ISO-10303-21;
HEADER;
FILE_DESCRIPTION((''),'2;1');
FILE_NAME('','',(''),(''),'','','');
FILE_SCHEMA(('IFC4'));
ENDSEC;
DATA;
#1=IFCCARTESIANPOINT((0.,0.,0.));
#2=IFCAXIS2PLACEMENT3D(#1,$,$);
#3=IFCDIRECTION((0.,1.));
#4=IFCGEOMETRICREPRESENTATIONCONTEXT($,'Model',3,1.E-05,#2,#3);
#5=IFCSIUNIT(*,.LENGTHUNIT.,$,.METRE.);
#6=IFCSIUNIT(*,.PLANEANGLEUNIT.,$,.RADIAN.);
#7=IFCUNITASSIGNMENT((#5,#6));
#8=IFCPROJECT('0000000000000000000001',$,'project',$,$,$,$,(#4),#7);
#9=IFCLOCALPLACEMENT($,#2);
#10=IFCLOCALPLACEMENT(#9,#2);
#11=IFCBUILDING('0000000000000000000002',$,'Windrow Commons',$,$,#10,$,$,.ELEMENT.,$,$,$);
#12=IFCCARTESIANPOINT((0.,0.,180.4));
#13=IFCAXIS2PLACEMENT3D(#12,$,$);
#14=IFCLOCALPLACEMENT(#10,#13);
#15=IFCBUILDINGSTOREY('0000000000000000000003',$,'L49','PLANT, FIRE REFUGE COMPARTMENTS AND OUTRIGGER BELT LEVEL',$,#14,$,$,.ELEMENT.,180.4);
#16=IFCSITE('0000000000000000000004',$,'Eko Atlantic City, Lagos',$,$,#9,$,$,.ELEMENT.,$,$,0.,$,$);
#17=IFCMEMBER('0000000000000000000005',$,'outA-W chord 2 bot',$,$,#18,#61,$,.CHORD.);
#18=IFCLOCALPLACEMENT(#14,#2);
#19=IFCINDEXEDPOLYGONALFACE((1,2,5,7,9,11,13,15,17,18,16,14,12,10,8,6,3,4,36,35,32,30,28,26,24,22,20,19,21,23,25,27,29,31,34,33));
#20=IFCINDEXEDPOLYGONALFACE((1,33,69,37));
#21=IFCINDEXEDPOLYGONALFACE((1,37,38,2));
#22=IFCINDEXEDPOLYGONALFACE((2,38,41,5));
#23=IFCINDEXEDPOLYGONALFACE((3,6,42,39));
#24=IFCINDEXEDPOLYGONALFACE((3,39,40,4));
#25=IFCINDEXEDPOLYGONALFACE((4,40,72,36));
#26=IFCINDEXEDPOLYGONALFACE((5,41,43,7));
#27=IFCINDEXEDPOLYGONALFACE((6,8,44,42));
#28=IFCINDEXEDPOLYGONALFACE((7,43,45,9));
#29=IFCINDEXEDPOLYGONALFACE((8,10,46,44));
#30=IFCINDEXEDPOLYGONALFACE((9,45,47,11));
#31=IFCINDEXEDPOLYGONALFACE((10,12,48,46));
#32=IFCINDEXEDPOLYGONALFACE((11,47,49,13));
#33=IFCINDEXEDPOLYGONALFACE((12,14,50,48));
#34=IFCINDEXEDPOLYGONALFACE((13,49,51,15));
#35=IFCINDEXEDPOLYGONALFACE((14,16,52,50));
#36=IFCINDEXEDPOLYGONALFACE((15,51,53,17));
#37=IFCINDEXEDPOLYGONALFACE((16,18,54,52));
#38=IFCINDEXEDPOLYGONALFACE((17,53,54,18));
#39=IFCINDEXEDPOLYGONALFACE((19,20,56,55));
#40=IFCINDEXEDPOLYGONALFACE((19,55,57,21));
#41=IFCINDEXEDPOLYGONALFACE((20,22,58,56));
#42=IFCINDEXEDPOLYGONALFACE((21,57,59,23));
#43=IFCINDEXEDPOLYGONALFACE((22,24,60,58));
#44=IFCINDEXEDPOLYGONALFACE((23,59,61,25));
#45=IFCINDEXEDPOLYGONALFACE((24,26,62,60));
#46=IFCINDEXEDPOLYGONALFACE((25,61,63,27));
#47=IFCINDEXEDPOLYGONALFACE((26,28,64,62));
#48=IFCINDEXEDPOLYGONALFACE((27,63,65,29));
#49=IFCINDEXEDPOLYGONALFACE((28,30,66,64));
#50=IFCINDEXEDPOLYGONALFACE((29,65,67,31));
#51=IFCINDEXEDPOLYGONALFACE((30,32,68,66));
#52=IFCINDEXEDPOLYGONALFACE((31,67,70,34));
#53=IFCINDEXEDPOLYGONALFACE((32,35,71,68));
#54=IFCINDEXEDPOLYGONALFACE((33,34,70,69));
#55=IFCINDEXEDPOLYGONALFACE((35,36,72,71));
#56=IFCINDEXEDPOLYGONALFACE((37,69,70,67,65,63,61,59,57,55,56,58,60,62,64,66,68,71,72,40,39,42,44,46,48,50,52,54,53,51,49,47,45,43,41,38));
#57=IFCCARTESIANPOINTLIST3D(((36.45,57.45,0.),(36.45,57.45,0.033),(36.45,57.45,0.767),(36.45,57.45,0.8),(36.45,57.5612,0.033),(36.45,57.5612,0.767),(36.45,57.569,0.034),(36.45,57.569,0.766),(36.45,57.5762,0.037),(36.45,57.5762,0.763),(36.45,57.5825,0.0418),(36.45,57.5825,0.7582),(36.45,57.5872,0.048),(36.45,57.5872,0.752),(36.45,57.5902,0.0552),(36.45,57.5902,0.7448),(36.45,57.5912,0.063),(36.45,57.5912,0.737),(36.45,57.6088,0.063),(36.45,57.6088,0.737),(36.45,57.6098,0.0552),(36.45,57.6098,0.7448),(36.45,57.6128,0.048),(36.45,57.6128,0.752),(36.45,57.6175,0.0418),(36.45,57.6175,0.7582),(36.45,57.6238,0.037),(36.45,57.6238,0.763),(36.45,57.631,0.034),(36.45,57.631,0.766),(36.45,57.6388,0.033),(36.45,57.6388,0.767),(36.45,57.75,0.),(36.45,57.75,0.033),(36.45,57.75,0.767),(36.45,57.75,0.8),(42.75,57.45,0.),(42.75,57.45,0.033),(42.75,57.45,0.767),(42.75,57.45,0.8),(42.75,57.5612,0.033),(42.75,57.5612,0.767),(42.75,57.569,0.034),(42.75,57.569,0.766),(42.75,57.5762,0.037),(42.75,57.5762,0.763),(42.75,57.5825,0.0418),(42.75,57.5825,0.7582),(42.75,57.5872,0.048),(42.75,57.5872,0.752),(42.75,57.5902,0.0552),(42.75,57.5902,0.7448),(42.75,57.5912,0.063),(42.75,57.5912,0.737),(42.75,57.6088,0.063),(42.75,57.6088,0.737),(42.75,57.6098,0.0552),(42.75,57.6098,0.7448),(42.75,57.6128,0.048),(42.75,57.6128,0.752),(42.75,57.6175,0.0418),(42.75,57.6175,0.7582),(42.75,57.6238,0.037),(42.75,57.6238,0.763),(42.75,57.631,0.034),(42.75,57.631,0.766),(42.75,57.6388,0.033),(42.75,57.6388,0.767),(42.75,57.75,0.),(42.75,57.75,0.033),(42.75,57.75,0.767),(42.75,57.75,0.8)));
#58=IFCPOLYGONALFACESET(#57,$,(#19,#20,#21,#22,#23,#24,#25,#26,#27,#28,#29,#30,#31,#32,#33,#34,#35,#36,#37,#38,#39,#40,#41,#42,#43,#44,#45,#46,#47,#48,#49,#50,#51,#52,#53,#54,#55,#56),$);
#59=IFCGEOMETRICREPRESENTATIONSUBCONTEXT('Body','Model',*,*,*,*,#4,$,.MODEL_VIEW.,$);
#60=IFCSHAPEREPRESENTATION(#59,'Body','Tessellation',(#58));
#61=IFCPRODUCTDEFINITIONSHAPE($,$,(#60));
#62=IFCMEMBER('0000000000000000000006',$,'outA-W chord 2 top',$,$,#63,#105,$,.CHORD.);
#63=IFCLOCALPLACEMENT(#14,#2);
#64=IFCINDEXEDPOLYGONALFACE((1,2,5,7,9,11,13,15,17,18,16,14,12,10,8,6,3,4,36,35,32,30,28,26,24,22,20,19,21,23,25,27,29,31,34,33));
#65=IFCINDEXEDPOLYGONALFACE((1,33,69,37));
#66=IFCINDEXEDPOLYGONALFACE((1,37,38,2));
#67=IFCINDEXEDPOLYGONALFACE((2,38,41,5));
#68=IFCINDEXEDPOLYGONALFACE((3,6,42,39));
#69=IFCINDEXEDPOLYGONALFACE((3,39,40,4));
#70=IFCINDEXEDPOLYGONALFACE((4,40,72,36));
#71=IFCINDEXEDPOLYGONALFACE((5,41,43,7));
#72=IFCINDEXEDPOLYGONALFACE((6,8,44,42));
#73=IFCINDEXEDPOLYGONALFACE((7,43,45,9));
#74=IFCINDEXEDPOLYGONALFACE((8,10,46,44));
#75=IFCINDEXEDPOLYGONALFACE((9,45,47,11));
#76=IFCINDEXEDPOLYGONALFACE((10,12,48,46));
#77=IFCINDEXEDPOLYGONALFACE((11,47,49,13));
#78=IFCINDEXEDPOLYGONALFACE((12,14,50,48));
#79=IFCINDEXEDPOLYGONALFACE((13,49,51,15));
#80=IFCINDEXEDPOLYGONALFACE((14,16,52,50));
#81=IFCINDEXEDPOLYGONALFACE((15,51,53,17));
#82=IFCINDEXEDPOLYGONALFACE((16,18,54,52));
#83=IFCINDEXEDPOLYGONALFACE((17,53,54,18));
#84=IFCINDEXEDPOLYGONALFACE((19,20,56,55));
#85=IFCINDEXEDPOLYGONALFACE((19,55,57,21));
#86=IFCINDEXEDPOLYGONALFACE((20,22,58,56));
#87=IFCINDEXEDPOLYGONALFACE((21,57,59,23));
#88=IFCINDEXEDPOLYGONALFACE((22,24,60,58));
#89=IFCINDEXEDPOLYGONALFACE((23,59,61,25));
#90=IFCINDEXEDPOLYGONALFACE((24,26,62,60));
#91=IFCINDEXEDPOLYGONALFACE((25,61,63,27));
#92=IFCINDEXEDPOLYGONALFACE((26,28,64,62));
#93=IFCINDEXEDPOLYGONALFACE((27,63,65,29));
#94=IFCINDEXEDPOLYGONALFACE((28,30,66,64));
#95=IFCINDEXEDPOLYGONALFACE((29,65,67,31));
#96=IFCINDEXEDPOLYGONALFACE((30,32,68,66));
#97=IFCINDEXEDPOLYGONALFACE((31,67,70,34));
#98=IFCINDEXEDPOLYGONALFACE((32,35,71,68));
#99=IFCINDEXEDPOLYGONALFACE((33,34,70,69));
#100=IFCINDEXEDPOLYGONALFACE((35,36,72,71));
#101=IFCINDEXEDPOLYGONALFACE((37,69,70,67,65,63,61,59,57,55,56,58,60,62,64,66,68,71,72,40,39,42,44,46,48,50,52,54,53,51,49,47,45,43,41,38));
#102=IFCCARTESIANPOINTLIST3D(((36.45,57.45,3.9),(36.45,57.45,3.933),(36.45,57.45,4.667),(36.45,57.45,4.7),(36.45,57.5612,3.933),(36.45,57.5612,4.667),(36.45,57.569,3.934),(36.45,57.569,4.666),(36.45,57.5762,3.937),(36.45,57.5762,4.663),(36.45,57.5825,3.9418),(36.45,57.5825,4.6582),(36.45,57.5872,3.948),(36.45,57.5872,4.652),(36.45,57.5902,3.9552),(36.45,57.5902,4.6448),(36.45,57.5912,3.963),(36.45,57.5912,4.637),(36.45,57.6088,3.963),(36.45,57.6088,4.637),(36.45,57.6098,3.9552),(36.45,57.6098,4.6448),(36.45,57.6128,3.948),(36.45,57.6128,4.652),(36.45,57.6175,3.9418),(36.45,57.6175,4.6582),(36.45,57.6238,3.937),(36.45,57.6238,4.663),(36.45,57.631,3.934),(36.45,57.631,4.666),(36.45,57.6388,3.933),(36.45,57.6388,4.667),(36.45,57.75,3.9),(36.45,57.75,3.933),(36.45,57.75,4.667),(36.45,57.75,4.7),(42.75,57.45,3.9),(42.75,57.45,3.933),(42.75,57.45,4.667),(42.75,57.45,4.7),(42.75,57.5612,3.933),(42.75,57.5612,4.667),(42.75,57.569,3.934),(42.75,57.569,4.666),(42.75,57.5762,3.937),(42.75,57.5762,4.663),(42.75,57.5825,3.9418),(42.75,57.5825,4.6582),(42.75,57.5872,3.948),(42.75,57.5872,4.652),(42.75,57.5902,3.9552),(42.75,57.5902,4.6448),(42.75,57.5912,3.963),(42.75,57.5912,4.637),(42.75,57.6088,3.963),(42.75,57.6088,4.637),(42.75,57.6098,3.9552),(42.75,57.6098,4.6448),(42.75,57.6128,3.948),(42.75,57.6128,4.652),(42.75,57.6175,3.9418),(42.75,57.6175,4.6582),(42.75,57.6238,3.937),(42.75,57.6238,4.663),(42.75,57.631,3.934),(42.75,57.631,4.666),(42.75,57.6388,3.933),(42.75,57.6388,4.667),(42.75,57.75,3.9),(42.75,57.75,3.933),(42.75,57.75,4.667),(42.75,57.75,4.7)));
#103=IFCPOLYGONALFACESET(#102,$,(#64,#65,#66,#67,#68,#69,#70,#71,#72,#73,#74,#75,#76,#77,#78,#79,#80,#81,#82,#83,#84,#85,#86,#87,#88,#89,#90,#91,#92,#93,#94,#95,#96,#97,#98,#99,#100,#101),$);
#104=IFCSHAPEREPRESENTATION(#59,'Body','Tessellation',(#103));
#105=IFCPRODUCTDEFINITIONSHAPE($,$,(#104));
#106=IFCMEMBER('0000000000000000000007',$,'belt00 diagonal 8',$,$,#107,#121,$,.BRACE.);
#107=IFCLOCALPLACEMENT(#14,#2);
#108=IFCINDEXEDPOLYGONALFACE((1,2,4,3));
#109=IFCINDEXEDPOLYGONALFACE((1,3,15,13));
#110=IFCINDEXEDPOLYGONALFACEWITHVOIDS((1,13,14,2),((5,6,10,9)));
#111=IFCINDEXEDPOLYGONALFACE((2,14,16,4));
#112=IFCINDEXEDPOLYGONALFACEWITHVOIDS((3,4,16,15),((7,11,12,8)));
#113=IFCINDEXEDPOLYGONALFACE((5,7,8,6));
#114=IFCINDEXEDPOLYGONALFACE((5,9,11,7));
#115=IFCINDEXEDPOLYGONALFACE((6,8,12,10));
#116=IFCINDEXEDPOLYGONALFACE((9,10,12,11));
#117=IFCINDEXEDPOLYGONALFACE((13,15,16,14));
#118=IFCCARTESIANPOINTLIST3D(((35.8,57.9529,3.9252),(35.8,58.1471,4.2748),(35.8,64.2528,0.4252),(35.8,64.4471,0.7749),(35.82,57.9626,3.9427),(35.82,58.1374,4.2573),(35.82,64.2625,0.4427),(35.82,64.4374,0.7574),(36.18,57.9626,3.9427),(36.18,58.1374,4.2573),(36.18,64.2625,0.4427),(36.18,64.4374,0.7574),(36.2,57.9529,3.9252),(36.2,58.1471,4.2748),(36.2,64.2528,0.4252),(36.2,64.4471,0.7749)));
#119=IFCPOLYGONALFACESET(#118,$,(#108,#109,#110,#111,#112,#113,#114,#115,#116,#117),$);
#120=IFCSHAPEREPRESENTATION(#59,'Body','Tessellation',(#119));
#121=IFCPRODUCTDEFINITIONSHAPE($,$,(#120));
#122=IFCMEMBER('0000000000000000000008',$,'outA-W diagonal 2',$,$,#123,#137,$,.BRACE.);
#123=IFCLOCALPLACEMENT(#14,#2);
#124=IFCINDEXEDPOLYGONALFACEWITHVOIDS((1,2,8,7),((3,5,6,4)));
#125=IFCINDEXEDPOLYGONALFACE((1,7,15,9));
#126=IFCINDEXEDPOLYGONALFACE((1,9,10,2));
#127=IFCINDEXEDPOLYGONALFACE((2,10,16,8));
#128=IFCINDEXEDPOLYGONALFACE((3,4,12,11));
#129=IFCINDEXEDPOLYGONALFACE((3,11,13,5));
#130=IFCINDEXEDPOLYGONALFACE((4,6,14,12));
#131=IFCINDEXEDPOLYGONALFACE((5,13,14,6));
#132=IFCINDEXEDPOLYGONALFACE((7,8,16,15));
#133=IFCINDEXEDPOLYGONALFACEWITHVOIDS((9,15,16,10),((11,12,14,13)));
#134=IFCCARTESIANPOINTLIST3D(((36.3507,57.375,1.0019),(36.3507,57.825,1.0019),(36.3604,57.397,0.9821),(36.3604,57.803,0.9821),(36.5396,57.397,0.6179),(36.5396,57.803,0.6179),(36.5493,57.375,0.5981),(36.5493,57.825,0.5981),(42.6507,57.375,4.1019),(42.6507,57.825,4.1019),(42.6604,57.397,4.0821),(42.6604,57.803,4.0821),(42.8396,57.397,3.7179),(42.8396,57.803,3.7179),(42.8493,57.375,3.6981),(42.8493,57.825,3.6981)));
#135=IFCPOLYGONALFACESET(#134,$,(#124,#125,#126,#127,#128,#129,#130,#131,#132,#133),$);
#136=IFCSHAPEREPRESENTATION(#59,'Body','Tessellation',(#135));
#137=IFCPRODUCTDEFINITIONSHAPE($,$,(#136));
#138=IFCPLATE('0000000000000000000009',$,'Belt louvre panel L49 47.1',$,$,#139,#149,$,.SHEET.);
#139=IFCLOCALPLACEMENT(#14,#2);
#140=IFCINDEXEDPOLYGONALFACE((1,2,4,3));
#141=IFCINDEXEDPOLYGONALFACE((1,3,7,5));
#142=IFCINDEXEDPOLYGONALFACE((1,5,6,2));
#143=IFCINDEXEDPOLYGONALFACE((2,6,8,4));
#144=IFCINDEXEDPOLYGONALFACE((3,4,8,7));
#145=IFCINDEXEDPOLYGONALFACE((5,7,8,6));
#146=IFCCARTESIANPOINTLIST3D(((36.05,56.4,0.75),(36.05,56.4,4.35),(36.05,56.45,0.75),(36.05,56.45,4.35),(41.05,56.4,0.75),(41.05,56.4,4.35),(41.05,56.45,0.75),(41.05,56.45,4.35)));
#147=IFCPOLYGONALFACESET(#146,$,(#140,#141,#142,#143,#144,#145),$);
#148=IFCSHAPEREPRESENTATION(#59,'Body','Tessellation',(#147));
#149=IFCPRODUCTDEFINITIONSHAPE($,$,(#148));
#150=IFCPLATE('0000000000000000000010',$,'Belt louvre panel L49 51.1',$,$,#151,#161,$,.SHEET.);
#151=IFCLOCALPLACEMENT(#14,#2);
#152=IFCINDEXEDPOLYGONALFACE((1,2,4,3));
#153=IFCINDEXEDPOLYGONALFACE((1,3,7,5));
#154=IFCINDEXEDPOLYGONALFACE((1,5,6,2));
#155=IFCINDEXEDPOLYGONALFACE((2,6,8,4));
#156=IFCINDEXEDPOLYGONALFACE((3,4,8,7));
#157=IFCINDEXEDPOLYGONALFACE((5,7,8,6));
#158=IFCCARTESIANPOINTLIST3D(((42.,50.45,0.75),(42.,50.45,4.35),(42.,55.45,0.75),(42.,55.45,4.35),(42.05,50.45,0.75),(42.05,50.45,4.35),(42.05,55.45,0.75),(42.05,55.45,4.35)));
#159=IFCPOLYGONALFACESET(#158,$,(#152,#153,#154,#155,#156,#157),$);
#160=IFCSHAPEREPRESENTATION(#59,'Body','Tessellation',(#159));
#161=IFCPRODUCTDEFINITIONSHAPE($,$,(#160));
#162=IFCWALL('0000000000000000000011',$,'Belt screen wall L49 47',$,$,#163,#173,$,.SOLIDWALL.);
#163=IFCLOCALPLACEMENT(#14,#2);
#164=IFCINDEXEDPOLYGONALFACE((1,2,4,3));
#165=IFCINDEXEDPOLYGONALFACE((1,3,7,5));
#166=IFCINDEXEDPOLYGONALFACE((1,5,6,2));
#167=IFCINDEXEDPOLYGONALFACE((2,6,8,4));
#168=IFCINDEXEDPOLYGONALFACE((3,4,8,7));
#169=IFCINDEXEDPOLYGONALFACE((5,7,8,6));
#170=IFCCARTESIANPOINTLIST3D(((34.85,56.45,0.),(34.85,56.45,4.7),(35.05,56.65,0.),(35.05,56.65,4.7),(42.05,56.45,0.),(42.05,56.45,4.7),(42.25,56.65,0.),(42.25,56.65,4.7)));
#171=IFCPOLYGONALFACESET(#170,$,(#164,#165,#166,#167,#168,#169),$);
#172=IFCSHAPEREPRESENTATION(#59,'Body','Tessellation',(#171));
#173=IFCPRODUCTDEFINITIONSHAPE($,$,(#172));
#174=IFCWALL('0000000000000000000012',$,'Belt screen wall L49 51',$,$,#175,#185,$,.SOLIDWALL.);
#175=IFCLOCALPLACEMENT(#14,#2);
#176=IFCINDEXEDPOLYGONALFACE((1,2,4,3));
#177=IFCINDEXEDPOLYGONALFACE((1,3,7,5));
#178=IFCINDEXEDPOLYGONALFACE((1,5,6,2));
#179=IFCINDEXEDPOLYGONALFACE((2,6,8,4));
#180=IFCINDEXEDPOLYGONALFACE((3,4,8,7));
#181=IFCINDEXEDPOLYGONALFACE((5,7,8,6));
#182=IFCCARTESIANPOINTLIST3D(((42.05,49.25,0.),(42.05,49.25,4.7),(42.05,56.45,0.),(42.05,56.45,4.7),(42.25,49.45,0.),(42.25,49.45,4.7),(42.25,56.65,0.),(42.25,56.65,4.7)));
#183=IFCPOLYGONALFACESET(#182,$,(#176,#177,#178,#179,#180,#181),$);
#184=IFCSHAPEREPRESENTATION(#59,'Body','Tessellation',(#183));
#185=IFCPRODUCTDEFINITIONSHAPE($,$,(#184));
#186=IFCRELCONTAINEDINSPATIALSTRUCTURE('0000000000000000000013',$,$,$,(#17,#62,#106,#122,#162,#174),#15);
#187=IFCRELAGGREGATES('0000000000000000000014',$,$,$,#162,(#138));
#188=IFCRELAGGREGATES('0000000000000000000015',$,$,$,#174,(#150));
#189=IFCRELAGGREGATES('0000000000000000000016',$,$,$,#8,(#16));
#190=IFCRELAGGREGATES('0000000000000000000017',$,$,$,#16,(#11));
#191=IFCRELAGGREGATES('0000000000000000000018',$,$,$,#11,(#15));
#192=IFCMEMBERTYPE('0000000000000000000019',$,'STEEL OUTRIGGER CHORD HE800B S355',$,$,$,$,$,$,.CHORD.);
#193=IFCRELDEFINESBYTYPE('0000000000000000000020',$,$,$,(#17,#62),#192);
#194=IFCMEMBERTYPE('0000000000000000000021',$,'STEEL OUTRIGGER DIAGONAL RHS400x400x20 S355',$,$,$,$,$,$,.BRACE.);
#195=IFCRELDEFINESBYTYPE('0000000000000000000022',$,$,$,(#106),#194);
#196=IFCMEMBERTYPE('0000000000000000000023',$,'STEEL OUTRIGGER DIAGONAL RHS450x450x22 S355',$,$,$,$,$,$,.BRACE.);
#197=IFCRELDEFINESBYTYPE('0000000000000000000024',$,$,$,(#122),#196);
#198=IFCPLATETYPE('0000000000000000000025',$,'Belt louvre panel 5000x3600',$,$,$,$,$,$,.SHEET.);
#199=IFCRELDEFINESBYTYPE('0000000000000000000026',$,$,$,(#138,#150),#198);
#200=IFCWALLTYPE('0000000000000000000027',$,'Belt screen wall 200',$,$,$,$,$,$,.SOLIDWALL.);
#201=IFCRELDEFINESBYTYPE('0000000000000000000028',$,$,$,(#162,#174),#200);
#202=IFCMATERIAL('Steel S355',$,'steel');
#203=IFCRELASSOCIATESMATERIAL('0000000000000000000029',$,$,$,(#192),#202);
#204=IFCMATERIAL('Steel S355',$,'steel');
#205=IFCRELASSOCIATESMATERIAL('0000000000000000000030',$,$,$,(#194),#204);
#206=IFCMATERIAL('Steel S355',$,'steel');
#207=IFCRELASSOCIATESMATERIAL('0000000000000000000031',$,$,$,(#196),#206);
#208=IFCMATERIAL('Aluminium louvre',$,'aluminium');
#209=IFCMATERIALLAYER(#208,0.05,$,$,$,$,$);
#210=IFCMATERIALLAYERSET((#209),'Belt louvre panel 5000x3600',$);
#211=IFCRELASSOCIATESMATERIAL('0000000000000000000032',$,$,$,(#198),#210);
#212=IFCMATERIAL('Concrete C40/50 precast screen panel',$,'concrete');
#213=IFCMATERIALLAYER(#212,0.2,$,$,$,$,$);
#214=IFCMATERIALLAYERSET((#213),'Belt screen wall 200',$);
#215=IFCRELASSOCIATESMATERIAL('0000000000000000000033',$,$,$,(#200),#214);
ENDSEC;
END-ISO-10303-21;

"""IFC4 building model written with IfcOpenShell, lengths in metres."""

from ifc_helpers import new_model, si_unit, direction, frame, origin, origin_2d, place, context, subcontext, project, spatial, polyline, hollow_rectangle, i_section, outline, extrude, material, layer, layer_set, material_profile, profile_set, type_object, element, aggregate, save


model = new_model("IFC4")

# Units and contexts
model_context = context("Model", 3, precision=1e-05, world=origin(), true_north=direction((0.0, 1.0)))
body_context = subcontext(model_context, "Body", "Model", "MODEL_VIEW")
ifc_project = project(units=[si_unit("LENGTHUNIT", "METRE"), si_unit("PLANEANGLEUNIT", "RADIAN")], contexts=[model_context])

# Site, building, storey
site_placement = place(None, origin())
site = spatial("IfcSite", under=ifc_project, at=site_placement, Name="Eko Atlantic City, Lagos", CompositionType="ELEMENT", RefElevation=0.0)
building_placement = place(site_placement, origin())
building = spatial("IfcBuilding", under=site, at=building_placement, Name="Windrow Commons", CompositionType="ELEMENT")
storey_placement = place(building_placement, frame((0.0, 0.0, 180.4)))
storey = spatial("IfcBuildingStorey", under=building, at=storey_placement, Name="L49", Description="PLANT, FIRE REFUGE COMPARTMENTS AND OUTRIGGER BELT LEVEL", CompositionType="ELEMENT", Elevation=180.4)

# Members
ifc_material_1 = material(Name="Steel S355", Category="steel")
ifc_material_profile_1 = material_profile(ifc_material_1, i_section(OverallWidth=0.3, OverallDepth=0.8, WebThickness=0.0175, FlangeThickness=0.033, FilletRadius=0.03, at=origin_2d()))
ifc_profile_set_1 = profile_set([ifc_material_profile_1], Name="Steel S355")
member_type_1 = type_object("IfcMemberType", Name="STEEL OUTRIGGER CHORD HE800B S355", PredefinedType="CHORD", material=ifc_profile_set_1)
for number, where, z_axis, x_axis, name in (
    (1, (42.75, 57.6, 0.4), (-1.0, 0.0, 0.0), (0.0, -1.0, 0.0), "outA-W chord 2 bot"),
    (2, (42.75, 57.6, 4.3), (-1.0, 0.0, 0.0), (0.0, -1.0, 0.0), "outA-W chord 2 top"),
):
    element("IfcMember", number, at=place(storey_placement, frame(where, z_axis=z_axis, x_axis=x_axis)), inside=storey, type_object=member_type_1, Name=name, PredefinedType="CHORD", context=body_context, shape_type="SweptSolid", body=[
        extrude(i_section(OverallWidth=0.3, OverallDepth=0.8, WebThickness=0.0175, FlangeThickness=0.033, FilletRadius=0.03, at=origin_2d()), origin(), (0.0, 0.0, 1.0), 6.3),
    ])
ifc_material_2 = material(Name="Steel S355", Category="steel")
ifc_material_profile_2 = material_profile(ifc_material_2, hollow_rectangle(XDim=0.4, YDim=0.4, WallThickness=0.02, at=origin_2d()))
ifc_profile_set_2 = profile_set([ifc_material_profile_2], Name="Steel S355")
member_type_2 = type_object("IfcMemberType", Name="STEEL OUTRIGGER DIAGONAL RHS400x400x20 S355", PredefinedType="BRACE", material=ifc_profile_set_2)
member_1_placement = place(storey_placement, frame((36.0, 58.05, 4.1), z_axis=(0.0, 0.874157, -0.485643), x_axis=(-1.0, 0.0, 0.0)))
element("IfcMember", 3, at=member_1_placement, inside=storey, type_object=member_type_2, Name="belt00 diagonal 8", PredefinedType="BRACE", context=body_context, shape_type="SweptSolid", body=[
    extrude(hollow_rectangle(XDim=0.4, YDim=0.4, WallThickness=0.02, at=origin_2d()), origin(), (0.0, 0.0, 1.0), 7.2069),
])
ifc_material_3 = material(Name="Steel S355", Category="steel")
ifc_material_profile_3 = material_profile(ifc_material_3, hollow_rectangle(XDim=0.45, YDim=0.45, WallThickness=0.022, at=origin_2d()))
ifc_profile_set_3 = profile_set([ifc_material_profile_3], Name="Steel S355")
member_type_3 = type_object("IfcMemberType", Name="STEEL OUTRIGGER DIAGONAL RHS450x450x22 S355", PredefinedType="BRACE", material=ifc_profile_set_3)
member_2_placement = place(storey_placement, frame((42.75, 57.6, 3.9), z_axis=(-0.897257, 0.0, -0.441508), x_axis=(0.0, -1.0, 0.0)))
element("IfcMember", 4, at=member_2_placement, inside=storey, type_object=member_type_3, Name="outA-W diagonal 2", PredefinedType="BRACE", context=body_context, shape_type="SweptSolid", body=[
    extrude(hollow_rectangle(XDim=0.45, YDim=0.45, WallThickness=0.022, at=origin_2d()), origin(), (0.0, 0.0, 1.0), 7.0214),
])

# Plates
ifc_material_4 = material(Name="Aluminium louvre", Category="aluminium")
ifc_layer_1 = layer(ifc_material_4, 0.05)
ifc_layer_set_1 = layer_set([ifc_layer_1], Name="Belt louvre panel 5000x3600")
plate_type_1 = type_object("IfcPlateType", Name="Belt louvre panel 5000x3600", PredefinedType="SHEET", material=ifc_layer_set_1)
plate_1_placement = place(storey_placement, frame((36.05, 56.4, 0.75), z_axis=(0.0, -1.0, 0.0), x_axis=(1.0, 0.0, 0.0)))
plate_1 = element("IfcPlate", 5, at=plate_1_placement, type_object=plate_type_1, Name="Belt louvre panel L49 47.1", PredefinedType="SHEET", context=body_context, shape_type="SweptSolid", body=[
    extrude(outline(polyline([(0.0, 0.0), (5.0, 0.0), (5.0, 3.6), (0.0, 3.6), (0.0, 0.0)])), origin(), (0.0, 0.0, -1.0), 0.05),
])
plate_2_placement = place(storey_placement, frame((42.0, 55.45, 0.75), z_axis=(-1.0, 0.0, 0.0), x_axis=(0.0, -1.0, 0.0)))
plate_2 = element("IfcPlate", 6, at=plate_2_placement, type_object=plate_type_1, Name="Belt louvre panel L49 51.1", PredefinedType="SHEET", context=body_context, shape_type="SweptSolid", body=[
    extrude(outline(polyline([(0.0, 0.0), (5.0, 0.0), (5.0, 3.6), (0.0, 3.6), (0.0, 0.0)])), origin(), (0.0, 0.0, -1.0), 0.05),
])

# Walls
ifc_material_5 = material(Name="Concrete C40/50 precast screen panel", Category="concrete")
ifc_layer_2 = layer(ifc_material_5, 0.2)
ifc_layer_set_2 = layer_set([ifc_layer_2], Name="Belt screen wall 200")
wall_type_1 = type_object("IfcWallType", Name="Belt screen wall 200", PredefinedType="SOLIDWALL", material=ifc_layer_set_2)
wall_1_placement = place(storey_placement, frame((34.95, 56.55, 0.0), z_axis=(0.0, 0.0, 1.0), x_axis=(1.0, 0.0, 0.0)))
wall_1 = element("IfcWall", 7, at=wall_1_placement, inside=storey, type_object=wall_type_1, Name="Belt screen wall L49 47", PredefinedType="SOLIDWALL", context=body_context, shape_type="SweptSolid", body=[
    extrude(outline(polyline([(-0.1, -0.1), (7.1, -0.1), (7.3, 0.1), (0.1, 0.1), (-0.1, -0.1)])), origin(), (0.0, 0.0, 1.0), 4.7),
])
aggregate(wall_1, [plate_1])
wall_2_placement = place(storey_placement, frame((42.15, 56.55, 0.0), z_axis=(0.0, 0.0, 1.0), x_axis=(0.0, -1.0, 0.0)))
wall_2 = element("IfcWall", 8, at=wall_2_placement, inside=storey, type_object=wall_type_1, Name="Belt screen wall L49 51", PredefinedType="SOLIDWALL", context=body_context, shape_type="SweptSolid", body=[
    extrude(outline(polyline([(0.1, -0.1), (7.3, -0.1), (7.1, 0.1), (-0.1, 0.1), (0.1, -0.1)])), origin(), (0.0, 0.0, 1.0), 4.7),
])
aggregate(wall_2, [plate_2])

save(model, "model.ifc")
